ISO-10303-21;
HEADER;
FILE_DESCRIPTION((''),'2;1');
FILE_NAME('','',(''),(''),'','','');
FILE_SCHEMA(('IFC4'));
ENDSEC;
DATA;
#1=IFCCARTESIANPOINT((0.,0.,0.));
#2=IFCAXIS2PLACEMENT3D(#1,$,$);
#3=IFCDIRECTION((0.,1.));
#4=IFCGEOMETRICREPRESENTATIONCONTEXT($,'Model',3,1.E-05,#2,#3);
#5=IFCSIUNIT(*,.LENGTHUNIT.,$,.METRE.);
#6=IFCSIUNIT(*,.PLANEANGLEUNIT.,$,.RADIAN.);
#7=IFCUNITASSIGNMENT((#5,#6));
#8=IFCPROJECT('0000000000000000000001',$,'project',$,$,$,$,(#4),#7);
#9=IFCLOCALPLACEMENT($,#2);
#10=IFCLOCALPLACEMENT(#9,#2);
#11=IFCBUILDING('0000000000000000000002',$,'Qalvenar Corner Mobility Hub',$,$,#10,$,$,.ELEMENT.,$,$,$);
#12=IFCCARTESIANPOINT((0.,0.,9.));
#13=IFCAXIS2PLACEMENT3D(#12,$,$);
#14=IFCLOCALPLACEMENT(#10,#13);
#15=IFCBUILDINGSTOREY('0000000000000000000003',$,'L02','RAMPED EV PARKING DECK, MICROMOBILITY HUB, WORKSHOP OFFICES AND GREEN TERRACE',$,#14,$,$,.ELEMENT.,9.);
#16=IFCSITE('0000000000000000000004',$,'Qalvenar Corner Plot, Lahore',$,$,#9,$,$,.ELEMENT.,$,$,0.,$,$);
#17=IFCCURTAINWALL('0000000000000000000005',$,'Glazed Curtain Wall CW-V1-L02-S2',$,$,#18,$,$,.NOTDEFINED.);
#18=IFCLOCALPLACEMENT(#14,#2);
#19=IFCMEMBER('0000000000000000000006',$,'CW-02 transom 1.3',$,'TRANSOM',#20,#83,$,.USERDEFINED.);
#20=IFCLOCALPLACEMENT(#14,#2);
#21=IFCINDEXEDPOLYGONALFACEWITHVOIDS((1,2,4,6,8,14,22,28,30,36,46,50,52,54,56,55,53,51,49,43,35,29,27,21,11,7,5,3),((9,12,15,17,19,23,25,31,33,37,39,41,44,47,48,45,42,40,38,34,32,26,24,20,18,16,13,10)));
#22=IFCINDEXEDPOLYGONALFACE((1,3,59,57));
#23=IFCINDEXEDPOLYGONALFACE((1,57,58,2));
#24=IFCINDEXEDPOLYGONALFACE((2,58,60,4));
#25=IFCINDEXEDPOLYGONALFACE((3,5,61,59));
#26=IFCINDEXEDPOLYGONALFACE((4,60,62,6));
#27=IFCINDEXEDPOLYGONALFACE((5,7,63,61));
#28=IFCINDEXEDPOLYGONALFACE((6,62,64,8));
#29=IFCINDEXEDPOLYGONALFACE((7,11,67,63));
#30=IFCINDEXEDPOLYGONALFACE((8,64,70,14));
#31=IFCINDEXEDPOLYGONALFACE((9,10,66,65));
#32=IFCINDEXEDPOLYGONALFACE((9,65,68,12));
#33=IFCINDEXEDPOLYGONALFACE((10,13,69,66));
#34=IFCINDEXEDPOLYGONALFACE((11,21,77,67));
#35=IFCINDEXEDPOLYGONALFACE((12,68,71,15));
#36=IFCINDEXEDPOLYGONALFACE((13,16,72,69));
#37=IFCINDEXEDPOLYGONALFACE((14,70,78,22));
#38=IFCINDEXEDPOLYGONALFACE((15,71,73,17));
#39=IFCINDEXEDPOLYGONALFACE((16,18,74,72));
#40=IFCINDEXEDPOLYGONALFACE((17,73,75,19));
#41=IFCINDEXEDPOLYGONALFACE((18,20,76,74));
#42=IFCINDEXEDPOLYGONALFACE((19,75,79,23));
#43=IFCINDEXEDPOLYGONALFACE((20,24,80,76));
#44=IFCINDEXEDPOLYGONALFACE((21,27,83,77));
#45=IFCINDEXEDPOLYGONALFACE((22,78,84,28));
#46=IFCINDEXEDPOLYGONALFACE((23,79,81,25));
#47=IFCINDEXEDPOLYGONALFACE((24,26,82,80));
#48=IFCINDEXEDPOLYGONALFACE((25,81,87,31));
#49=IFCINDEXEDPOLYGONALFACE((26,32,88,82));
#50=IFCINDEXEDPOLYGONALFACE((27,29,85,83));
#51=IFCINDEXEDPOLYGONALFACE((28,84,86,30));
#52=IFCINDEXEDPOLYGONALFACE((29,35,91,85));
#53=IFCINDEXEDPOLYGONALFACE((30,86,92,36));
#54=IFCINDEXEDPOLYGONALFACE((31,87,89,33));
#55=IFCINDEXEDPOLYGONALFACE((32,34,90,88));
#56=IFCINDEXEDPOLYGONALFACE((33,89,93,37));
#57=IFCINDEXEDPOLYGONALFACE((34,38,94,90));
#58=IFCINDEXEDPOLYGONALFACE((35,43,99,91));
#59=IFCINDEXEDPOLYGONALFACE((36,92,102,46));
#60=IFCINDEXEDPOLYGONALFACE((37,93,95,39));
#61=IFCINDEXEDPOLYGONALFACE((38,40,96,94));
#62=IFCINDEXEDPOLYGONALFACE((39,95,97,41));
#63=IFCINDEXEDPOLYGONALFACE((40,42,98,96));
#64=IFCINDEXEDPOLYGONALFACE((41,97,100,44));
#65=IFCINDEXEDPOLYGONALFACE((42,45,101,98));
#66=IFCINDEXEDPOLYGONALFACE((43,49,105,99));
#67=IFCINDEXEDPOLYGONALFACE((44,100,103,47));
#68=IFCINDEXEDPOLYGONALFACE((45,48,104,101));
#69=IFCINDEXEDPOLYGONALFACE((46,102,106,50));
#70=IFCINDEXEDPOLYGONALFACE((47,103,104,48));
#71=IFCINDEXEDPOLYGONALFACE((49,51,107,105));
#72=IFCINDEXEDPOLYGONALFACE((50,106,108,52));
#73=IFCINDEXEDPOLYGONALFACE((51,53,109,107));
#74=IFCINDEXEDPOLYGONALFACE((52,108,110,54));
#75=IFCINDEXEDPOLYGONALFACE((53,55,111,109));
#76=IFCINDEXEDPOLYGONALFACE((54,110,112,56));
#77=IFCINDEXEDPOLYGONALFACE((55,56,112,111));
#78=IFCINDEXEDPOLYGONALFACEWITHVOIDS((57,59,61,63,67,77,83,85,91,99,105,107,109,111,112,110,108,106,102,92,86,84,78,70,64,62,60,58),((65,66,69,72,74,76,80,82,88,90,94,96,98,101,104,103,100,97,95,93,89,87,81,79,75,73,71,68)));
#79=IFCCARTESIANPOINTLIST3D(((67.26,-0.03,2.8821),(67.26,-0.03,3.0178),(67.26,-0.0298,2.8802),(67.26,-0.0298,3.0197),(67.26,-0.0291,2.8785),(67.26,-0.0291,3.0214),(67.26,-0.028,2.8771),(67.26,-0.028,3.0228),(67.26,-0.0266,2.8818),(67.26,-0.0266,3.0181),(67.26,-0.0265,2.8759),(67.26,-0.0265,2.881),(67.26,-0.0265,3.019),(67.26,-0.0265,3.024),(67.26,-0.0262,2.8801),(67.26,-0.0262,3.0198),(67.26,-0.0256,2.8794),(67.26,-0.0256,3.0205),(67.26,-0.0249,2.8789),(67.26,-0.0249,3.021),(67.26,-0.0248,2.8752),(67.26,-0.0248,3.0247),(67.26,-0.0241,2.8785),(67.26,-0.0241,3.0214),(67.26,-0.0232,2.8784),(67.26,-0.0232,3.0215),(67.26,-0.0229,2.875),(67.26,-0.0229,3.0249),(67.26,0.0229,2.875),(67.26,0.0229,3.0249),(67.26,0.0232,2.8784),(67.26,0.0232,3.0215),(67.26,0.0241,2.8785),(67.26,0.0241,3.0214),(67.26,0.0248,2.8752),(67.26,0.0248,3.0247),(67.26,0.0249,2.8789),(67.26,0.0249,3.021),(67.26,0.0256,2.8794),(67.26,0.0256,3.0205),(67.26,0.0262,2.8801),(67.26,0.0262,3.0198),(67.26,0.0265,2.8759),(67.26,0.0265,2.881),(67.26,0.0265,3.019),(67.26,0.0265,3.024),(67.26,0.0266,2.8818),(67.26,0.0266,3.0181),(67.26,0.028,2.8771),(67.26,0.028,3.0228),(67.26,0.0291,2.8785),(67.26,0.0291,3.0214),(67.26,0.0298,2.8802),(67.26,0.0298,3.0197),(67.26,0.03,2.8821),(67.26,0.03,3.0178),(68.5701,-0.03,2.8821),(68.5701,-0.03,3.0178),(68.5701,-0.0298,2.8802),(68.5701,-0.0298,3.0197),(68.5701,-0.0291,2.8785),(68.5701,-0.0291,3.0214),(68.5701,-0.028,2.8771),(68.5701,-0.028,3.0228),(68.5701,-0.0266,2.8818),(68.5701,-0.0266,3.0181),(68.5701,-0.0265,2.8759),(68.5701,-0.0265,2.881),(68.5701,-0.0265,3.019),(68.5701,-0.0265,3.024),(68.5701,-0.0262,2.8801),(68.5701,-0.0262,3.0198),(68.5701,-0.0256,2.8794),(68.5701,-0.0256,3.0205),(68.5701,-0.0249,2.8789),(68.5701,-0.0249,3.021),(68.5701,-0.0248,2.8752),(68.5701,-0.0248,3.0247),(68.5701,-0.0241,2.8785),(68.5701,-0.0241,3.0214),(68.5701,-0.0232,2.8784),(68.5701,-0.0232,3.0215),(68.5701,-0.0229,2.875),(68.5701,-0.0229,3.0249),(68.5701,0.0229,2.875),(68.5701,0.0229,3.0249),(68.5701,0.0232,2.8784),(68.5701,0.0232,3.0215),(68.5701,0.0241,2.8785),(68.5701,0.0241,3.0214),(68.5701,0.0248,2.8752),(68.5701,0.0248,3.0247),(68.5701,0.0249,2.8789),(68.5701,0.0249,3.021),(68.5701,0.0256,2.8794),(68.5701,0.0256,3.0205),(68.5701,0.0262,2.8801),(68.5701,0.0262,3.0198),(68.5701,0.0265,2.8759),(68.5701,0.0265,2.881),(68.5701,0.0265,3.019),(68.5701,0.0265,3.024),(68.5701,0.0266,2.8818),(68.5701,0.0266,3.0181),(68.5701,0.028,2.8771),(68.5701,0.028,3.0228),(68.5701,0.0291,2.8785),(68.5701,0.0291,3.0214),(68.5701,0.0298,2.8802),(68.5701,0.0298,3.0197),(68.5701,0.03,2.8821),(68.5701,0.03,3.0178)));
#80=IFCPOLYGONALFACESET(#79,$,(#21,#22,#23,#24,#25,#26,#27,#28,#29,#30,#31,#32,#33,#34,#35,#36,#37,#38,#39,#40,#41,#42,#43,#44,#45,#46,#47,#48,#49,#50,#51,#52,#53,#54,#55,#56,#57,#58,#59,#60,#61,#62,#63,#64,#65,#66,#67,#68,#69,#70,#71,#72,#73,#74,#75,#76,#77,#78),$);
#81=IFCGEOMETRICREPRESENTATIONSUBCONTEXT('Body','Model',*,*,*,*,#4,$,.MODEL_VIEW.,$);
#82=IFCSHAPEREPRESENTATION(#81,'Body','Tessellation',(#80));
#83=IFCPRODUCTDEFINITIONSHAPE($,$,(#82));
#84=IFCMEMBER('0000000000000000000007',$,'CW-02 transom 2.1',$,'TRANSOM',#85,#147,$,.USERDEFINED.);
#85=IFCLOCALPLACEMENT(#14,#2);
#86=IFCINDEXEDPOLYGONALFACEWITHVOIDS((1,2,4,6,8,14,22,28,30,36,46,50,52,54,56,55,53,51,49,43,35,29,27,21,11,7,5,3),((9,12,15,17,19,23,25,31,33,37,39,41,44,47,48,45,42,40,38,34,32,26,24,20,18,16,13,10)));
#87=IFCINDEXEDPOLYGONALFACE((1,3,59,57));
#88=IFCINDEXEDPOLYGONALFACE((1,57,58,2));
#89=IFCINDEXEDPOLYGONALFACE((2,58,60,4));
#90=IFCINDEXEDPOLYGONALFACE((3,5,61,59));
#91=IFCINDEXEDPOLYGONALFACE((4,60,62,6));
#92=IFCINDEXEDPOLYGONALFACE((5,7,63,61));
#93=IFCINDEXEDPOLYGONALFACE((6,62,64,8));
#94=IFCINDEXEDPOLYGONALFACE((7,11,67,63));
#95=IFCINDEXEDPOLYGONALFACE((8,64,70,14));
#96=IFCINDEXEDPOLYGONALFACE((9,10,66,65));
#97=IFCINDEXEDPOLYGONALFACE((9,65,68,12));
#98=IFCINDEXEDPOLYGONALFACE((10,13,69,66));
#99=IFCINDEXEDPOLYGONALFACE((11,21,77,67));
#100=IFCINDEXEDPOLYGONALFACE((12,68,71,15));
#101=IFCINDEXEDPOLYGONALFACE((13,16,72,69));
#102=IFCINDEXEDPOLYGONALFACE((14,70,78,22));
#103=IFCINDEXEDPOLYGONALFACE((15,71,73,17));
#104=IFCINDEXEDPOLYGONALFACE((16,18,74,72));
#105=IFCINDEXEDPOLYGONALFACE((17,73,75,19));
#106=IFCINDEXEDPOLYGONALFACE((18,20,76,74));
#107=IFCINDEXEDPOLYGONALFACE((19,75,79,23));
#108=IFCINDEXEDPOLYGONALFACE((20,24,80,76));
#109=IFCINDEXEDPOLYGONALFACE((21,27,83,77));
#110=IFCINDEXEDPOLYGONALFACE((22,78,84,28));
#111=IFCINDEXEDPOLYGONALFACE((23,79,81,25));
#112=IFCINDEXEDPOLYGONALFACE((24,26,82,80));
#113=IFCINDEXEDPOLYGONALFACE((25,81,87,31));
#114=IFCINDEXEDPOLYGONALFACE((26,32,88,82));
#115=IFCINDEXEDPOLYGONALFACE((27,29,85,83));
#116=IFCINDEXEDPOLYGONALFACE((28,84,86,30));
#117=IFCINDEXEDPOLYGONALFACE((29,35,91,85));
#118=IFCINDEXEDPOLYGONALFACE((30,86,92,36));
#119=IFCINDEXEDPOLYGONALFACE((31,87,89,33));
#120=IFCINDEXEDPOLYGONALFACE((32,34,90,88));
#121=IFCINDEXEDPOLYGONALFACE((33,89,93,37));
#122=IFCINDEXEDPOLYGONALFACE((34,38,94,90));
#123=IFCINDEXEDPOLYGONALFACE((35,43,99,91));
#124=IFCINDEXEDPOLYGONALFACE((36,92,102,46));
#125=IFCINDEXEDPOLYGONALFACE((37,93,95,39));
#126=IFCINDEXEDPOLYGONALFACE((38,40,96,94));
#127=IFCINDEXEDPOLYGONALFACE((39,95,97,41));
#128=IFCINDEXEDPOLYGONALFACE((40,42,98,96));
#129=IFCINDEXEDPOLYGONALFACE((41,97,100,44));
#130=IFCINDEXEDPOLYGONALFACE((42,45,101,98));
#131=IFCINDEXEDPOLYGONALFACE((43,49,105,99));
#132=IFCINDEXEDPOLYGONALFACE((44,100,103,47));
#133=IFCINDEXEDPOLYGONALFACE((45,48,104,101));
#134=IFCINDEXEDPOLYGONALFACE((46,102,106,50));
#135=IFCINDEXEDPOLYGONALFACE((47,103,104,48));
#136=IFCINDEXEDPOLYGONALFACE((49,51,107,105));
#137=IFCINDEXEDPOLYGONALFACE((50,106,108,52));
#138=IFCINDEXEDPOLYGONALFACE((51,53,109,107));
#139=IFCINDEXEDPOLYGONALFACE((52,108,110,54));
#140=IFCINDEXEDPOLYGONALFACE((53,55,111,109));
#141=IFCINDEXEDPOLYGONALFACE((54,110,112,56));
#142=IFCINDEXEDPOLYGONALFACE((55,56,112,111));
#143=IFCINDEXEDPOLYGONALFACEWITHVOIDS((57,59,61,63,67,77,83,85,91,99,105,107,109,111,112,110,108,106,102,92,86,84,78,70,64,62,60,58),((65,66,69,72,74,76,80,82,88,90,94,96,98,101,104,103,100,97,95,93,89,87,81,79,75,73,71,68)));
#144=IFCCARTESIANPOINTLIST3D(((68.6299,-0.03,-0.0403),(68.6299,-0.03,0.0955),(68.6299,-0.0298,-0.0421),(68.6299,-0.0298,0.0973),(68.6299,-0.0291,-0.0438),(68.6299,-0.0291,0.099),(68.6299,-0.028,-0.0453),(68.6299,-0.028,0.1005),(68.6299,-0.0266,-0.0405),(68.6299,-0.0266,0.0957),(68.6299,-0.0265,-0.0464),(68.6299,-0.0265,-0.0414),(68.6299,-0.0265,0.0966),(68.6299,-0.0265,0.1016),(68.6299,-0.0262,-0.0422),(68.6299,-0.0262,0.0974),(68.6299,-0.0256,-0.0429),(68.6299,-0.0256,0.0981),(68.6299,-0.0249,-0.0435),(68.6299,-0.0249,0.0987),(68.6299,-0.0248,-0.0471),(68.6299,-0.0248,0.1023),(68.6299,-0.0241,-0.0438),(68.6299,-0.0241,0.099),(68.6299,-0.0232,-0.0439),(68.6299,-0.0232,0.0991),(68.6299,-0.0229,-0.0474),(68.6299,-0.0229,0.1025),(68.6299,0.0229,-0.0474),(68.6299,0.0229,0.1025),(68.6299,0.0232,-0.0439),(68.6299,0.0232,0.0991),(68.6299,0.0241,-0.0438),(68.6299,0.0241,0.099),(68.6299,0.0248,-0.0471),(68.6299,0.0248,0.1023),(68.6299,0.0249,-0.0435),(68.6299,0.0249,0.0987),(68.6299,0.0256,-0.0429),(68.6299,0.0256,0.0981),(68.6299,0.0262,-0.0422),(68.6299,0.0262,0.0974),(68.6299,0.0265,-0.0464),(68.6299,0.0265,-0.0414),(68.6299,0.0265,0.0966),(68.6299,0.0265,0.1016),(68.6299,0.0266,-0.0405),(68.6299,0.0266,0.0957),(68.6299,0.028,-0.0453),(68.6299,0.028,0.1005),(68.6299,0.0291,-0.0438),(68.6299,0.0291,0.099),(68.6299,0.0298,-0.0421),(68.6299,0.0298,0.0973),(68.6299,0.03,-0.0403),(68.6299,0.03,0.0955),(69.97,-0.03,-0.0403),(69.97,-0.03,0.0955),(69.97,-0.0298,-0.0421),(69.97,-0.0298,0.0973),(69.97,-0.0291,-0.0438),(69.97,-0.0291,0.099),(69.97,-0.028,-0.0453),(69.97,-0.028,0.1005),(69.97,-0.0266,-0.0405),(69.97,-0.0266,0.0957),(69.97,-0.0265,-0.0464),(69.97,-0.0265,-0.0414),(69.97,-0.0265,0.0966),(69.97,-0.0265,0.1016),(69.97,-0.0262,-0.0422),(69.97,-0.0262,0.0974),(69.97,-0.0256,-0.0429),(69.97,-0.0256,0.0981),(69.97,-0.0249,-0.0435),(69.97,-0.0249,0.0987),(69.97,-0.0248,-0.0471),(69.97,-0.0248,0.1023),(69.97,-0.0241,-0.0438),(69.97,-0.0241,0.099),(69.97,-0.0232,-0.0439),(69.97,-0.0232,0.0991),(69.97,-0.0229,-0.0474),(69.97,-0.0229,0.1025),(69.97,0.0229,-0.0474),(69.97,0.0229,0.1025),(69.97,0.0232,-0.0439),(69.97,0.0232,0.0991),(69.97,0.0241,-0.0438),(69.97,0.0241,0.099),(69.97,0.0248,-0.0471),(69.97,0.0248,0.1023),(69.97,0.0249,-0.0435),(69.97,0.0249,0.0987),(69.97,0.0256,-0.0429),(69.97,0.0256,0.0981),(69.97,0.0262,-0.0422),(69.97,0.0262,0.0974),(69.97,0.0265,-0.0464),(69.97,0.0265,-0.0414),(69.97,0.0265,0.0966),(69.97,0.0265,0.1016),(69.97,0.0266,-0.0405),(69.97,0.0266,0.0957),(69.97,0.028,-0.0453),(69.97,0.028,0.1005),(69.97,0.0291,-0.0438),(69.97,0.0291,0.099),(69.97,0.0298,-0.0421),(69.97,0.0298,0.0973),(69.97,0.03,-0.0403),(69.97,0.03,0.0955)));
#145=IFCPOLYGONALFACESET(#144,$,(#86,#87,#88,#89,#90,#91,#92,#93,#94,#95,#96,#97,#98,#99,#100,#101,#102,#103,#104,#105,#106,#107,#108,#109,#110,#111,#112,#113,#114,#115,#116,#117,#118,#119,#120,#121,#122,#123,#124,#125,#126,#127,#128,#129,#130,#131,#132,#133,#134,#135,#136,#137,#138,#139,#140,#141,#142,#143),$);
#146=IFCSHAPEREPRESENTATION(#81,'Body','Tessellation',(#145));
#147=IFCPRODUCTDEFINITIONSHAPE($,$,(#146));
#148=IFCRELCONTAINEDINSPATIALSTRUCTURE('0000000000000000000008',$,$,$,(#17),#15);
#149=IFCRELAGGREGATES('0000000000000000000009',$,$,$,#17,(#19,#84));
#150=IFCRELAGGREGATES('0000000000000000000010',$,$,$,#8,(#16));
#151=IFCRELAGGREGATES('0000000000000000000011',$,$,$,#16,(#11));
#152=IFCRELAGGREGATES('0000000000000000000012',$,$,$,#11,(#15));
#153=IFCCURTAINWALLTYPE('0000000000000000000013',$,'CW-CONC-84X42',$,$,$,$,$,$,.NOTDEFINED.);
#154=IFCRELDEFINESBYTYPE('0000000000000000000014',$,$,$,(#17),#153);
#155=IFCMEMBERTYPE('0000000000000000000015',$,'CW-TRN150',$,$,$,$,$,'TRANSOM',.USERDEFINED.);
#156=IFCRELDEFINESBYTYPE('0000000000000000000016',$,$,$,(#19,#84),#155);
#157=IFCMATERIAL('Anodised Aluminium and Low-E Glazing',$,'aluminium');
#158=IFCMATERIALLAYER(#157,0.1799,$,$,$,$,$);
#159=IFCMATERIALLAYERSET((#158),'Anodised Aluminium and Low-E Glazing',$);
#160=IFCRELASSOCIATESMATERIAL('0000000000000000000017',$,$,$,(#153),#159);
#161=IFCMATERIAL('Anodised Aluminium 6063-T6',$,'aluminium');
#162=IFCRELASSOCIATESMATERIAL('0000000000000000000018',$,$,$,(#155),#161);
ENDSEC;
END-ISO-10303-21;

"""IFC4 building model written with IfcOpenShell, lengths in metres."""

from ifc_helpers import new_model, si_unit, direction, frame, origin, origin_2d, place, context, subcontext, project, spatial, hollow_rectangle, extrude, material, layer, layer_set, material_profile, profile_set, type_object, element, aggregate, save


model = new_model("IFC4")

# Units and contexts
model_context = context("Model", 3, precision=1e-05, world=origin(), true_north=direction((0.0, 1.0)))
body_context = subcontext(model_context, "Body", "Model", "MODEL_VIEW")
ifc_project = project(units=[si_unit("LENGTHUNIT", "METRE"), si_unit("PLANEANGLEUNIT", "RADIAN")], contexts=[model_context])

# Site, building, storey
site_placement = place(None, origin())
site = spatial("IfcSite", under=ifc_project, at=site_placement, Name="Qalvenar Corner Plot, Lahore", CompositionType="ELEMENT", RefElevation=0.0)
building_placement = place(site_placement, origin())
building = spatial("IfcBuilding", under=site, at=building_placement, Name="Qalvenar Corner Mobility Hub", CompositionType="ELEMENT")
storey_placement = place(building_placement, frame((0.0, 0.0, 9.0)))
storey = spatial("IfcBuildingStorey", under=building, at=storey_placement, Name="L02", Description="RAMPED EV PARKING DECK, MICROMOBILITY HUB, WORKSHOP OFFICES AND GREEN TERRACE", CompositionType="ELEMENT", Elevation=9.0)

# Curtain wall
ifc_material_1 = material(Name="Anodised Aluminium and Low-E Glazing", Category="aluminium")
ifc_layer_1 = layer(ifc_material_1, 0.1799)
ifc_layer_set_1 = layer_set([ifc_layer_1], Name="Anodised Aluminium and Low-E Glazing")
curtain_wall_type = type_object("IfcCurtainWallType", Name="CW-CONC-84X42", PredefinedType="NOTDEFINED", material=ifc_layer_set_1)
ifc_material_2 = material(Name="Anodised Aluminium 6063-T6", Category="aluminium")
curtain_wall_1_placement = place(storey_placement, origin())
curtain_wall_1 = element("IfcCurtainWall", 1, at=curtain_wall_1_placement, inside=storey, type_object=curtain_wall_type, Name="Glazed Curtain Wall CW-V1-L02-S2", PredefinedType="NOTDEFINED")

# Members
ifc_material_profile_1 = material_profile(ifc_material_2, hollow_rectangle(XDim=0.0601, YDim=0.1499, WallThickness=0.0034, InnerFilletRadius=0.0034, OuterFilletRadius=0.0071, at=origin_2d()), Name="RHS150x60x3.5")
ifc_profile_set_1 = profile_set([ifc_material_profile_1], Name="Anodised Aluminium 6063-T6")
member_type_1 = type_object("IfcMemberType", Name="CW-TRN150", ElementType="TRANSOM", PredefinedType="USERDEFINED", material=ifc_profile_set_1)
member_1_placement = place(storey_placement, frame((67.26, 0.0, 2.95), z_axis=(1.0, 0.0, 0.0), x_axis=(0.0, 1.0, 0.0)))
member_1 = element("IfcMember", 2, at=member_1_placement, type_object=member_type_1, Name="CW-02 transom 1.3", ObjectType="TRANSOM", PredefinedType="USERDEFINED", context=body_context, shape_type="SweptSolid", body=[
    extrude(hollow_rectangle(XDim=0.0601, YDim=0.1499, WallThickness=0.0034, InnerFilletRadius=0.0034, OuterFilletRadius=0.0071, at=origin_2d()), origin(), (0.0, 0.0, 1.0), 1.3101),
])
member_2_placement = place(storey_placement, frame((68.6299, 0.0, 0.0276), z_axis=(1.0, 0.0, 0.0), x_axis=(0.0, 1.0, 0.0)))
member_2 = element("IfcMember", 3, at=member_2_placement, type_object=member_type_1, Name="CW-02 transom 2.1", ObjectType="TRANSOM", PredefinedType="USERDEFINED", context=body_context, shape_type="SweptSolid", body=[
    extrude(hollow_rectangle(XDim=0.0601, YDim=0.1499, WallThickness=0.0034, InnerFilletRadius=0.0034, OuterFilletRadius=0.0071, at=origin_2d()), origin(), (0.0, 0.0, 1.0), 1.3401),
])

aggregate(curtain_wall_1, [member_1, member_2])

save(model, "model.ifc")
